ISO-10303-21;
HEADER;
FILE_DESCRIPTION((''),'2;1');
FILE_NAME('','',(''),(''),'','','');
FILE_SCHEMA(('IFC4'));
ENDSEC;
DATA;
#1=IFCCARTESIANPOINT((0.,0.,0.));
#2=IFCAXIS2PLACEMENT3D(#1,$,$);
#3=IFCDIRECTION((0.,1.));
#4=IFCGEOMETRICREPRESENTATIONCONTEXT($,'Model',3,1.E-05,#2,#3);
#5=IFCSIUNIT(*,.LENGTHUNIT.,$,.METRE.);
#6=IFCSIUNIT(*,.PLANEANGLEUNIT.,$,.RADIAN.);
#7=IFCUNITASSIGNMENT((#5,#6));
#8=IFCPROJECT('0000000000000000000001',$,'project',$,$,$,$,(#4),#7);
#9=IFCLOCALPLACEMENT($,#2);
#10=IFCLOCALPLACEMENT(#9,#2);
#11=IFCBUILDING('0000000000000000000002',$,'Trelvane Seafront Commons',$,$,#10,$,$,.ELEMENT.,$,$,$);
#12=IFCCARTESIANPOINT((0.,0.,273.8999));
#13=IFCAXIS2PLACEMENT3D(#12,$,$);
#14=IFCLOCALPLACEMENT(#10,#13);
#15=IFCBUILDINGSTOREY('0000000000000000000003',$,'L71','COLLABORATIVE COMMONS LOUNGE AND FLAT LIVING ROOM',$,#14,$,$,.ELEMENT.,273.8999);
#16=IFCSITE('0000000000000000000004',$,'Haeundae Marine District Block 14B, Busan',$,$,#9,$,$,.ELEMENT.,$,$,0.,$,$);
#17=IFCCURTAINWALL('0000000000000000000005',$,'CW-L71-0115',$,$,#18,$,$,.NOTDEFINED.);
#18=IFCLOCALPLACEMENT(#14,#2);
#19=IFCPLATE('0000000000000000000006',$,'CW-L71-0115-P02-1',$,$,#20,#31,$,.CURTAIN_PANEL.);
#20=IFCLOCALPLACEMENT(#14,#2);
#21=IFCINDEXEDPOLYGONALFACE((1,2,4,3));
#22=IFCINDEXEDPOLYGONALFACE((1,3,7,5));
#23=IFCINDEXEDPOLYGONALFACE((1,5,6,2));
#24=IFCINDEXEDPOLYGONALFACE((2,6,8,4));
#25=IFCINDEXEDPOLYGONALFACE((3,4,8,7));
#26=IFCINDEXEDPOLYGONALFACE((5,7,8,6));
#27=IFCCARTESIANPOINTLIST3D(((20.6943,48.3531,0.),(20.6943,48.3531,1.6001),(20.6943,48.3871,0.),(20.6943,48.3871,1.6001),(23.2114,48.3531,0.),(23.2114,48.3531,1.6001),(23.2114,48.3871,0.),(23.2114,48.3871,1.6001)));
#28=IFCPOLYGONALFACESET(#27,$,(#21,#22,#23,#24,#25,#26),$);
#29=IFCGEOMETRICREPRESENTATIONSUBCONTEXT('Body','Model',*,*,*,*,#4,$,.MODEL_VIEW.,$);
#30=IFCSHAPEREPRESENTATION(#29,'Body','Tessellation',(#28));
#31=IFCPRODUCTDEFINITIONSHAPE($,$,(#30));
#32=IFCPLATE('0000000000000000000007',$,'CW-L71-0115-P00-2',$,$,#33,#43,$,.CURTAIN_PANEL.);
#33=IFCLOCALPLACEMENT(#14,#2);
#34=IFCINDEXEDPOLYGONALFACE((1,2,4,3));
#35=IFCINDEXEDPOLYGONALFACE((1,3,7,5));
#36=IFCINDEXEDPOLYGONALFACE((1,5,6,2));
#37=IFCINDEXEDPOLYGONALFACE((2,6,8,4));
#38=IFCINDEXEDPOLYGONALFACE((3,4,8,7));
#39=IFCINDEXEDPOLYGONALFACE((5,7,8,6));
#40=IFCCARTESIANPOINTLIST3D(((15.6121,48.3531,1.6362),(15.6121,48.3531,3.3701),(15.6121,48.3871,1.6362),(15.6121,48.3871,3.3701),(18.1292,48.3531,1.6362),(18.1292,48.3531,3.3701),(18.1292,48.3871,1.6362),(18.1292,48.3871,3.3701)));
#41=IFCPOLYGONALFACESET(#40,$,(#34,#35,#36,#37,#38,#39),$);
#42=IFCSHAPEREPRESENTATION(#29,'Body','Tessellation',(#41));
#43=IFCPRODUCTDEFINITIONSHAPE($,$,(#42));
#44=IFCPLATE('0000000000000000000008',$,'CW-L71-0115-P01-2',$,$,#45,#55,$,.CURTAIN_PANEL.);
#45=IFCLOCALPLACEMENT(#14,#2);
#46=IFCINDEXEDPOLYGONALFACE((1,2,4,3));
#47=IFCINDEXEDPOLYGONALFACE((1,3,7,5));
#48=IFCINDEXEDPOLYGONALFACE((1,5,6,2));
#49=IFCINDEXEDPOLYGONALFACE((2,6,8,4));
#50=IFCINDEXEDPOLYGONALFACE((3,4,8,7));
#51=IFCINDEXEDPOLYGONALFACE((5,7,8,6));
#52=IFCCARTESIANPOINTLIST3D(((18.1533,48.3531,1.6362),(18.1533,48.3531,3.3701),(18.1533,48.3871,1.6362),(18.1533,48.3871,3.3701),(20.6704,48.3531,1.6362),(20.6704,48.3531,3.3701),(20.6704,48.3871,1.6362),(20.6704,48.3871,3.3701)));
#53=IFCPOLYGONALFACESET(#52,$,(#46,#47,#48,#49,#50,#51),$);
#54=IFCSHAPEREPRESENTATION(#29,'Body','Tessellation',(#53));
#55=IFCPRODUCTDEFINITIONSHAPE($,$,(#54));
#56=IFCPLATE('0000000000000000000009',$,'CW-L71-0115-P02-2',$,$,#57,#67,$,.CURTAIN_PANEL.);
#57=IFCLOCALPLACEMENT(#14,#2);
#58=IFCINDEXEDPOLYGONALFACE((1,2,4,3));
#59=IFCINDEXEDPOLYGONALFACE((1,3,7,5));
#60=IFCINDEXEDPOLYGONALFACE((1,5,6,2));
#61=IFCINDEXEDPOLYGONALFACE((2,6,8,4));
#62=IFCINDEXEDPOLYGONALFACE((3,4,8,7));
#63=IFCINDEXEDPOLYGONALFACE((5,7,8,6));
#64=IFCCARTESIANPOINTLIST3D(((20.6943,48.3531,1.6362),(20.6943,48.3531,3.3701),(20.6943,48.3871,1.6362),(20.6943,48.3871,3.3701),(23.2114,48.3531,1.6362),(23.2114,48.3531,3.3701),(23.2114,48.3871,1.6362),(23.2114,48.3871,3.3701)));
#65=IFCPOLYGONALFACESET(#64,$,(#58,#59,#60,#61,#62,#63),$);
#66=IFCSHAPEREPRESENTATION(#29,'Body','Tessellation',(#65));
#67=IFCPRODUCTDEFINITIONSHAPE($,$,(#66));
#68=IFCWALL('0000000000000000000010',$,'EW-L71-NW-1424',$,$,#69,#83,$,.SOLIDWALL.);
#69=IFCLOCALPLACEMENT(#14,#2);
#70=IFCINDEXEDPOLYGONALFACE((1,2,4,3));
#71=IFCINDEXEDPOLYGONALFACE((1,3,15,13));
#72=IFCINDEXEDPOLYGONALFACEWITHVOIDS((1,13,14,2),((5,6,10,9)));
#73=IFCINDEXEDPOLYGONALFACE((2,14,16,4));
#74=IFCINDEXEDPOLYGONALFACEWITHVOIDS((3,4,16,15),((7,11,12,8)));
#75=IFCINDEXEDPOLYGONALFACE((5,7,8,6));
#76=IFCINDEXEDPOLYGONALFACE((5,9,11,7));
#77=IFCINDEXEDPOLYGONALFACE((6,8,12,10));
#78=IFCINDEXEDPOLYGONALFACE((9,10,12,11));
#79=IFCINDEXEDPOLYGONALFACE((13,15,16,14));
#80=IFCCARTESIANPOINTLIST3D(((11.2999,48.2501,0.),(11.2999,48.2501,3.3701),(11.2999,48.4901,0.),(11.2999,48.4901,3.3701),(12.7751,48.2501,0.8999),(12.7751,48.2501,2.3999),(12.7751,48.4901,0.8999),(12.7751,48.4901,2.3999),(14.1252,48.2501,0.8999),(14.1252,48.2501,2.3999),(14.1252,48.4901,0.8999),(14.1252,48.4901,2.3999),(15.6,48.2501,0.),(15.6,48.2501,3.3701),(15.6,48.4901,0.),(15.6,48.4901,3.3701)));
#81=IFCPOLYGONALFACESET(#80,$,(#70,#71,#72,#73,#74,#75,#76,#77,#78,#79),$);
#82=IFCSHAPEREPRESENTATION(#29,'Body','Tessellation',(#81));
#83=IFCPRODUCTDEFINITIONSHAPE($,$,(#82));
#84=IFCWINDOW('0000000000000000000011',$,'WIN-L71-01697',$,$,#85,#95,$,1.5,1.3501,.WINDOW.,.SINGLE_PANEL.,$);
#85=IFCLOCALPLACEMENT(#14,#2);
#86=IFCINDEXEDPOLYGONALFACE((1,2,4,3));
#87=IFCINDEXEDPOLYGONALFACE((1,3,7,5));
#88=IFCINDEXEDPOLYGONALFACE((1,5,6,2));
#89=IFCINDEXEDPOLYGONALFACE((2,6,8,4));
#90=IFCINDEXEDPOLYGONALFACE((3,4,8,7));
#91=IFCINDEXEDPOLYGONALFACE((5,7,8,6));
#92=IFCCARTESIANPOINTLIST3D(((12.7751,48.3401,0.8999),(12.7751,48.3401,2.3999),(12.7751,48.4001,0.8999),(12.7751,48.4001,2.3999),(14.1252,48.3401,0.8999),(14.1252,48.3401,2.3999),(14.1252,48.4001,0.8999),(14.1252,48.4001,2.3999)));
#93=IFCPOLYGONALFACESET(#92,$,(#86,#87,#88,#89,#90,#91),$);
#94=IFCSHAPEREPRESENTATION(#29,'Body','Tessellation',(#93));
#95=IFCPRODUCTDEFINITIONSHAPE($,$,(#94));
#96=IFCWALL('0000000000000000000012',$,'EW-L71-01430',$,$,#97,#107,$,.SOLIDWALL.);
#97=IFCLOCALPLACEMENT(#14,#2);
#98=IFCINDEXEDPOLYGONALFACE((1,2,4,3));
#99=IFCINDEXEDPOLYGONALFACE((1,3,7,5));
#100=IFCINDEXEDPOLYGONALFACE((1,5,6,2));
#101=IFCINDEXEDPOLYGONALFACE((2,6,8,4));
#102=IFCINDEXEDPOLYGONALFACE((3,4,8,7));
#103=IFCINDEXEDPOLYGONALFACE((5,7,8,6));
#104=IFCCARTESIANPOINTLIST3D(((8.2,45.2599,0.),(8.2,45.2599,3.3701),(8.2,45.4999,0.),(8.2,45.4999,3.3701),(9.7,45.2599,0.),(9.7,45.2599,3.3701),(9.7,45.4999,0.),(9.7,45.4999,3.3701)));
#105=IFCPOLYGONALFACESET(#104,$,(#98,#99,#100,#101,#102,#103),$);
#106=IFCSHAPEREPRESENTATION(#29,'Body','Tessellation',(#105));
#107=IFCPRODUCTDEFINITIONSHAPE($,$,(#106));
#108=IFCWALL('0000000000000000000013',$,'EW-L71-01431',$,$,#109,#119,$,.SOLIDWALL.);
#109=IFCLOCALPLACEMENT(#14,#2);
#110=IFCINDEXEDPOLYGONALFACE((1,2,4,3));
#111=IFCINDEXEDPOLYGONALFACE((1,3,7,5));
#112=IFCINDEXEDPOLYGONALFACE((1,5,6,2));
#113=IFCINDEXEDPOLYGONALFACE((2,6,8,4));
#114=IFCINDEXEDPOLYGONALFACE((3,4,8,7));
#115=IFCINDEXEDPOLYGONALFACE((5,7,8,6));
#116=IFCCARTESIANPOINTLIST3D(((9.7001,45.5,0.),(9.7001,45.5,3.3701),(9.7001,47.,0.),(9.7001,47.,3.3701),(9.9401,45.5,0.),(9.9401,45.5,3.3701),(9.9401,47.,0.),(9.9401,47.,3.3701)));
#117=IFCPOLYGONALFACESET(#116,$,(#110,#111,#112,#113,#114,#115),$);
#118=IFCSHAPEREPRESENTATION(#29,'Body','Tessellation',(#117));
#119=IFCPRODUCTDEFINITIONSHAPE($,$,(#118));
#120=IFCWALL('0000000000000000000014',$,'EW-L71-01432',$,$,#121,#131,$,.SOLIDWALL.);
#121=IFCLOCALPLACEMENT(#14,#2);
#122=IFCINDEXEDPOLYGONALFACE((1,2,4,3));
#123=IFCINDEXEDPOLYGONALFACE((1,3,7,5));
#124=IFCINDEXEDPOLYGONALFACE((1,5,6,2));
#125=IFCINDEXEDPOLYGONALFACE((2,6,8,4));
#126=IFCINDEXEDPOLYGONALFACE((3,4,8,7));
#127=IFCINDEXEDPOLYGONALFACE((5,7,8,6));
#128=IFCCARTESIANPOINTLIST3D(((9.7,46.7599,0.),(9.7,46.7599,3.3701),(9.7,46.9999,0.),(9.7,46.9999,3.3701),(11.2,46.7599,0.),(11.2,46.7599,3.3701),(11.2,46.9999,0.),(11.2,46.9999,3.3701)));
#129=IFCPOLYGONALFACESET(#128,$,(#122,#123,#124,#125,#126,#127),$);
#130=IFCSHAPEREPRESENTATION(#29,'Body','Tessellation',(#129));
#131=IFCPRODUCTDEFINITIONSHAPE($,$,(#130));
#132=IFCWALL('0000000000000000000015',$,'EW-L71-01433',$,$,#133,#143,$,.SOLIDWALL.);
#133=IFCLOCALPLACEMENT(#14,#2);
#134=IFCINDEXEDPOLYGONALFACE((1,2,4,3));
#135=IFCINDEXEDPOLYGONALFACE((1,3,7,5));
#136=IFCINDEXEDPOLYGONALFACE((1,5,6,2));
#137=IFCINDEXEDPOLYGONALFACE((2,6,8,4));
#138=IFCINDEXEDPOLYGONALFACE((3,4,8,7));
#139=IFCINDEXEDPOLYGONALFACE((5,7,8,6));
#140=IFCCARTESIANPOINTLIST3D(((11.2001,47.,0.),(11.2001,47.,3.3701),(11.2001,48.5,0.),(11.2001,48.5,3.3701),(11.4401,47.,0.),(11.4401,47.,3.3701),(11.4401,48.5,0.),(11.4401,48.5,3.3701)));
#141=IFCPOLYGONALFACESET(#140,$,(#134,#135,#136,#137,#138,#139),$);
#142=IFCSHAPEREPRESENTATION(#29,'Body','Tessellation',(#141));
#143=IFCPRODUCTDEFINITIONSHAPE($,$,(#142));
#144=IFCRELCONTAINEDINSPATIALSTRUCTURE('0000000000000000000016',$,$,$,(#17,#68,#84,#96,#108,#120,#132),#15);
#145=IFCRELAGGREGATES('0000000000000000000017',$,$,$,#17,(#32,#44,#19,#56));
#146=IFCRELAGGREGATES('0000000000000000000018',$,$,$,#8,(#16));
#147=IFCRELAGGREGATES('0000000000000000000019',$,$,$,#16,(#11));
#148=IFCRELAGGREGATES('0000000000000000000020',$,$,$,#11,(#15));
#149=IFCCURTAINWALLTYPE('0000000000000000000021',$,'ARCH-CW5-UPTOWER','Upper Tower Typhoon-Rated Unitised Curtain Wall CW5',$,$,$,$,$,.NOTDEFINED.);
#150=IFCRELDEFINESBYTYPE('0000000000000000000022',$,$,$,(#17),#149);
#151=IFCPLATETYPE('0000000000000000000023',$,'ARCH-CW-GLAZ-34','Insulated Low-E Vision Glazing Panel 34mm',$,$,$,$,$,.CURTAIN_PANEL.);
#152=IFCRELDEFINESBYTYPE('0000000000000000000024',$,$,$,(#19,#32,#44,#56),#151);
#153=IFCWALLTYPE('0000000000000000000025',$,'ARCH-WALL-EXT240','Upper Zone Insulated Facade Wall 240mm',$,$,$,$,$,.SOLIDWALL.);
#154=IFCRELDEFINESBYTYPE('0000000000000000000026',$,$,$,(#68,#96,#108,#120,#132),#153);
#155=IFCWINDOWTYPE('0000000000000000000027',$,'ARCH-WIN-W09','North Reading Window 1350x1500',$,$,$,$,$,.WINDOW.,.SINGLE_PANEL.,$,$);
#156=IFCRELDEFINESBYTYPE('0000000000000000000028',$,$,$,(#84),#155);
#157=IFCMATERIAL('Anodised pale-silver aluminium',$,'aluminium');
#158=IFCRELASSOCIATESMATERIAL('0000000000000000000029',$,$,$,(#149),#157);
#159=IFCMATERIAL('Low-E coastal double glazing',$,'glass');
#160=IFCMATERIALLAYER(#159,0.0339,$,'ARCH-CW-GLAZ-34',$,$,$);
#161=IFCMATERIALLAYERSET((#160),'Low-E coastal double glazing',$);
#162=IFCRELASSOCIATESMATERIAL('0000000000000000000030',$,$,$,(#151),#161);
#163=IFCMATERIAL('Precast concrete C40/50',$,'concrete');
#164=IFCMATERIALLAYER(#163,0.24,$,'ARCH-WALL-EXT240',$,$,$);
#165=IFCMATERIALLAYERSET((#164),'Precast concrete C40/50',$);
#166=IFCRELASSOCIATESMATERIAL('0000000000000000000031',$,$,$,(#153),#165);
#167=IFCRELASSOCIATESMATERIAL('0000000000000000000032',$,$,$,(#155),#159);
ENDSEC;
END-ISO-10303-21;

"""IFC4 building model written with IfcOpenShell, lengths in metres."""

from ifc_helpers import new_model, si_unit, direction, frame, frame_2d, origin, origin_2d, place, context, subcontext, project, spatial, rectangle, extrude, source, transform, mapped, material, layer, layer_set, type_object, element, fill, aggregate, save


model = new_model("IFC4")

# Units and contexts
model_context = context("Model", 3, precision=1e-05, world=origin(), true_north=direction((0.0, 1.0)))
body_context = subcontext(model_context, "Body", "Model", "MODEL_VIEW")
ifc_project = project(units=[si_unit("LENGTHUNIT", "METRE"), si_unit("PLANEANGLEUNIT", "RADIAN")], contexts=[model_context])

# Site, building, storey
site_placement = place(None, origin())
site = spatial("IfcSite", under=ifc_project, at=site_placement, Name="Haeundae Marine District Block 14B, Busan", CompositionType="ELEMENT", RefElevation=0.0)
building_placement = place(site_placement, origin())
building = spatial("IfcBuilding", under=site, at=building_placement, Name="Trelvane Seafront Commons", CompositionType="ELEMENT")
storey_placement = place(building_placement, frame((0.0, 0.0, 273.8999)))
storey = spatial("IfcBuildingStorey", under=building, at=storey_placement, Name="L71", Description="COLLABORATIVE COMMONS LOUNGE AND FLAT LIVING ROOM", CompositionType="ELEMENT", Elevation=273.8999)

# Curtain wall
ifc_material_1 = material(Name="Anodised pale-silver aluminium", Category="aluminium")
curtain_wall_type = type_object("IfcCurtainWallType", Name="ARCH-CW5-UPTOWER", Description="Upper Tower Typhoon-Rated Unitised Curtain Wall CW5", PredefinedType="NOTDEFINED", material=ifc_material_1)
curtain_wall_placement = place(storey_placement, origin())
curtain_wall = element("IfcCurtainWall", 1, at=curtain_wall_placement, inside=storey, type_object=curtain_wall_type, Name="CW-L71-0115", PredefinedType="NOTDEFINED")

# Plates
ifc_material_2 = material(Name="Low-E coastal double glazing", Category="glass")
ifc_layer_1 = layer(ifc_material_2, 0.0339, Name="ARCH-CW-GLAZ-34")
ifc_layer_set_1 = layer_set([ifc_layer_1], Name="Low-E coastal double glazing")
plate_type_1 = type_object("IfcPlateType", Name="ARCH-CW-GLAZ-34", Description="Insulated Low-E Vision Glazing Panel 34mm", PredefinedType="CURTAIN_PANEL", material=ifc_layer_set_1)
shared_shape_1 = source(origin(), body_context, "Body", "SweptSolid", [
    extrude(rectangle(XDim=2.5171, YDim=0.0339, at=origin_2d()), origin(), (0.0, 0.0, 1.0), 1.6001),
])
plate_1_placement = place(storey_placement, frame((21.9529, 48.3701, 0.0), z_axis=(0.0, 0.0, 1.0), x_axis=(1.0, 0.0, 0.0)))
plate_1 = element("IfcPlate", 2, at=plate_1_placement, type_object=plate_type_1, Name="CW-L71-0115-P02-1", PredefinedType="CURTAIN_PANEL", context=body_context, shape_type="MappedRepresentation", body=[
    mapped(shared_shape_1, transform((0.0, 0.0, 0.0), x_axis=(1.0, 0.0, 0.0), y_axis=(0.0, 1.0, 0.0), z_axis=(0.0, 0.0, 1.0), scale=1.0)),
])
shared_shape_2 = source(origin(), body_context, "Body", "SweptSolid", [
    extrude(rectangle(XDim=2.5171, YDim=0.0339, at=origin_2d()), origin(), (0.0, 0.0, 1.0), 1.7339),
])
plate_2_placement = place(storey_placement, frame((16.8706, 48.3701, 1.6362), z_axis=(0.0, 0.0, 1.0), x_axis=(1.0, 0.0, 0.0)))
plate_2 = element("IfcPlate", 3, at=plate_2_placement, type_object=plate_type_1, Name="CW-L71-0115-P00-2", PredefinedType="CURTAIN_PANEL", context=body_context, shape_type="MappedRepresentation", body=[
    mapped(shared_shape_2, transform((0.0, 0.0, 0.0), x_axis=(1.0, 0.0, 0.0), y_axis=(0.0, 1.0, 0.0), z_axis=(0.0, 0.0, 1.0), scale=1.0)),
])
plate_3_placement = place(storey_placement, frame((19.4119, 48.3701, 1.6362), z_axis=(0.0, 0.0, 1.0), x_axis=(1.0, 0.0, 0.0)))
plate_3 = element("IfcPlate", 4, at=plate_3_placement, type_object=plate_type_1, Name="CW-L71-0115-P01-2", PredefinedType="CURTAIN_PANEL", context=body_context, shape_type="MappedRepresentation", body=[
    mapped(shared_shape_2, transform((0.0, 0.0, 0.0), x_axis=(1.0, 0.0, 0.0), y_axis=(0.0, 1.0, 0.0), z_axis=(0.0, 0.0, 1.0), scale=1.0)),
])
plate_4_placement = place(storey_placement, frame((21.9529, 48.3701, 1.6362), z_axis=(0.0, 0.0, 1.0), x_axis=(1.0, 0.0, 0.0)))
plate_4 = element("IfcPlate", 5, at=plate_4_placement, type_object=plate_type_1, Name="CW-L71-0115-P02-2", PredefinedType="CURTAIN_PANEL", context=body_context, shape_type="MappedRepresentation", body=[
    mapped(shared_shape_2, transform((0.0, 0.0, 0.0), x_axis=(1.0, 0.0, 0.0), y_axis=(0.0, 1.0, 0.0), z_axis=(0.0, 0.0, 1.0), scale=1.0)),
])
aggregate(curtain_wall, [plate_2, plate_3, plate_1, plate_4])

# Wall, opening, window
ifc_material_3 = material(Name="Precast concrete C40/50", Category="concrete")
ifc_layer_2 = layer(ifc_material_3, 0.24, Name="ARCH-WALL-EXT240")
ifc_layer_set_2 = layer_set([ifc_layer_2], Name="Precast concrete C40/50")
wall_type = type_object("IfcWallType", Name="ARCH-WALL-EXT240", Description="Upper Zone Insulated Facade Wall 240mm", PredefinedType="SOLIDWALL", material=ifc_layer_set_2)
wall_placement = place(storey_placement, frame((11.3, 48.3701, 0.0), z_axis=(0.0, 0.0, 1.0), x_axis=(1.0, 0.0, 0.0)))
wall = element("IfcWall", 6, at=wall_placement, inside=storey, type_object=wall_type, Name="EW-L71-NW-1424", PredefinedType="SOLIDWALL", context=body_context, shape_type="SweptSolid", body=[
    extrude(rectangle(XDim=4.3, YDim=0.24, at=frame_2d((2.1499, 0.0))), origin(), (0.0, 0.0, 1.0), 3.3701),
])
opening_placement = place(wall_placement, frame((1.4751, 0.0, 0.8999)))
opening = element("IfcOpeningElement", 7, at=opening_placement, cuts=wall, PredefinedType="OPENING", context=body_context, shape_type="SweptSolid", body=[
    extrude(rectangle(XDim=1.3501, YDim=1.5, at=frame_2d((0.675, 0.75))), frame((0.0, 0.1299, 0.0), z_axis=(0.0, -1.0, 0.0), x_axis=(1.0, 0.0, 0.0)), (0.0, 0.0, 1.0), 0.26),
])
window_type = type_object("IfcWindowType", Name="ARCH-WIN-W09", Description="North Reading Window 1350x1500", PartitioningType="SINGLE_PANEL", PredefinedType="WINDOW", material=ifc_material_2)
shared_shape_3 = source(origin(), body_context, "Body", "SweptSolid", [
    extrude(rectangle(XDim=1.3501, YDim=1.5, at=frame_2d((0.675, 0.75))), frame((0.0, 0.03, 0.0), z_axis=(0.0, -1.0, 0.0), x_axis=(1.0, 0.0, 0.0)), (0.0, 0.0, 1.0), 0.0601),
])
window_placement = place(opening_placement, origin())
window = element("IfcWindow", 8, at=window_placement, inside=storey, type_object=window_type, Name="WIN-L71-01697", OverallHeight=1.5, OverallWidth=1.3501, PartitioningType="SINGLE_PANEL", PredefinedType="WINDOW", context=body_context, shape_type="MappedRepresentation", body=[
    mapped(shared_shape_3, transform((0.0, 0.0, 0.0), x_axis=(1.0, 0.0, 0.0), y_axis=(0.0, 1.0, 0.0), z_axis=(0.0, 0.0, 1.0), scale=1.0)),
])
fill(opening, window)

# Walls
for number, where, z_axis, x_axis, name in (
    (9, (8.2, 45.3799, 0.0), (0.0, 0.0, 1.0), (1.0, 0.0, 0.0), "EW-L71-01430"),
    (10, (9.8201, 45.5, 0.0), (0.0, 0.0, 1.0), (0.0, 1.0, 0.0), "EW-L71-01431"),
    (11, (9.7, 46.8799, 0.0), (0.0, 0.0, 1.0), (1.0, 0.0, 0.0), "EW-L71-01432"),
    (12, (11.3201, 47.0, 0.0), (0.0, 0.0, 1.0), (0.0, 1.0, 0.0), "EW-L71-01433"),
):
    element("IfcWall", number, at=place(storey_placement, frame(where, z_axis=z_axis, x_axis=x_axis)), inside=storey, type_object=wall_type, Name=name, PredefinedType="SOLIDWALL", context=body_context, shape_type="SweptSolid", body=[
        extrude(rectangle(XDim=1.5, YDim=0.24, at=frame_2d((0.75, 0.0))), origin(), (0.0, 0.0, 1.0), 3.3701),
    ])

save(model, "model.ifc")
